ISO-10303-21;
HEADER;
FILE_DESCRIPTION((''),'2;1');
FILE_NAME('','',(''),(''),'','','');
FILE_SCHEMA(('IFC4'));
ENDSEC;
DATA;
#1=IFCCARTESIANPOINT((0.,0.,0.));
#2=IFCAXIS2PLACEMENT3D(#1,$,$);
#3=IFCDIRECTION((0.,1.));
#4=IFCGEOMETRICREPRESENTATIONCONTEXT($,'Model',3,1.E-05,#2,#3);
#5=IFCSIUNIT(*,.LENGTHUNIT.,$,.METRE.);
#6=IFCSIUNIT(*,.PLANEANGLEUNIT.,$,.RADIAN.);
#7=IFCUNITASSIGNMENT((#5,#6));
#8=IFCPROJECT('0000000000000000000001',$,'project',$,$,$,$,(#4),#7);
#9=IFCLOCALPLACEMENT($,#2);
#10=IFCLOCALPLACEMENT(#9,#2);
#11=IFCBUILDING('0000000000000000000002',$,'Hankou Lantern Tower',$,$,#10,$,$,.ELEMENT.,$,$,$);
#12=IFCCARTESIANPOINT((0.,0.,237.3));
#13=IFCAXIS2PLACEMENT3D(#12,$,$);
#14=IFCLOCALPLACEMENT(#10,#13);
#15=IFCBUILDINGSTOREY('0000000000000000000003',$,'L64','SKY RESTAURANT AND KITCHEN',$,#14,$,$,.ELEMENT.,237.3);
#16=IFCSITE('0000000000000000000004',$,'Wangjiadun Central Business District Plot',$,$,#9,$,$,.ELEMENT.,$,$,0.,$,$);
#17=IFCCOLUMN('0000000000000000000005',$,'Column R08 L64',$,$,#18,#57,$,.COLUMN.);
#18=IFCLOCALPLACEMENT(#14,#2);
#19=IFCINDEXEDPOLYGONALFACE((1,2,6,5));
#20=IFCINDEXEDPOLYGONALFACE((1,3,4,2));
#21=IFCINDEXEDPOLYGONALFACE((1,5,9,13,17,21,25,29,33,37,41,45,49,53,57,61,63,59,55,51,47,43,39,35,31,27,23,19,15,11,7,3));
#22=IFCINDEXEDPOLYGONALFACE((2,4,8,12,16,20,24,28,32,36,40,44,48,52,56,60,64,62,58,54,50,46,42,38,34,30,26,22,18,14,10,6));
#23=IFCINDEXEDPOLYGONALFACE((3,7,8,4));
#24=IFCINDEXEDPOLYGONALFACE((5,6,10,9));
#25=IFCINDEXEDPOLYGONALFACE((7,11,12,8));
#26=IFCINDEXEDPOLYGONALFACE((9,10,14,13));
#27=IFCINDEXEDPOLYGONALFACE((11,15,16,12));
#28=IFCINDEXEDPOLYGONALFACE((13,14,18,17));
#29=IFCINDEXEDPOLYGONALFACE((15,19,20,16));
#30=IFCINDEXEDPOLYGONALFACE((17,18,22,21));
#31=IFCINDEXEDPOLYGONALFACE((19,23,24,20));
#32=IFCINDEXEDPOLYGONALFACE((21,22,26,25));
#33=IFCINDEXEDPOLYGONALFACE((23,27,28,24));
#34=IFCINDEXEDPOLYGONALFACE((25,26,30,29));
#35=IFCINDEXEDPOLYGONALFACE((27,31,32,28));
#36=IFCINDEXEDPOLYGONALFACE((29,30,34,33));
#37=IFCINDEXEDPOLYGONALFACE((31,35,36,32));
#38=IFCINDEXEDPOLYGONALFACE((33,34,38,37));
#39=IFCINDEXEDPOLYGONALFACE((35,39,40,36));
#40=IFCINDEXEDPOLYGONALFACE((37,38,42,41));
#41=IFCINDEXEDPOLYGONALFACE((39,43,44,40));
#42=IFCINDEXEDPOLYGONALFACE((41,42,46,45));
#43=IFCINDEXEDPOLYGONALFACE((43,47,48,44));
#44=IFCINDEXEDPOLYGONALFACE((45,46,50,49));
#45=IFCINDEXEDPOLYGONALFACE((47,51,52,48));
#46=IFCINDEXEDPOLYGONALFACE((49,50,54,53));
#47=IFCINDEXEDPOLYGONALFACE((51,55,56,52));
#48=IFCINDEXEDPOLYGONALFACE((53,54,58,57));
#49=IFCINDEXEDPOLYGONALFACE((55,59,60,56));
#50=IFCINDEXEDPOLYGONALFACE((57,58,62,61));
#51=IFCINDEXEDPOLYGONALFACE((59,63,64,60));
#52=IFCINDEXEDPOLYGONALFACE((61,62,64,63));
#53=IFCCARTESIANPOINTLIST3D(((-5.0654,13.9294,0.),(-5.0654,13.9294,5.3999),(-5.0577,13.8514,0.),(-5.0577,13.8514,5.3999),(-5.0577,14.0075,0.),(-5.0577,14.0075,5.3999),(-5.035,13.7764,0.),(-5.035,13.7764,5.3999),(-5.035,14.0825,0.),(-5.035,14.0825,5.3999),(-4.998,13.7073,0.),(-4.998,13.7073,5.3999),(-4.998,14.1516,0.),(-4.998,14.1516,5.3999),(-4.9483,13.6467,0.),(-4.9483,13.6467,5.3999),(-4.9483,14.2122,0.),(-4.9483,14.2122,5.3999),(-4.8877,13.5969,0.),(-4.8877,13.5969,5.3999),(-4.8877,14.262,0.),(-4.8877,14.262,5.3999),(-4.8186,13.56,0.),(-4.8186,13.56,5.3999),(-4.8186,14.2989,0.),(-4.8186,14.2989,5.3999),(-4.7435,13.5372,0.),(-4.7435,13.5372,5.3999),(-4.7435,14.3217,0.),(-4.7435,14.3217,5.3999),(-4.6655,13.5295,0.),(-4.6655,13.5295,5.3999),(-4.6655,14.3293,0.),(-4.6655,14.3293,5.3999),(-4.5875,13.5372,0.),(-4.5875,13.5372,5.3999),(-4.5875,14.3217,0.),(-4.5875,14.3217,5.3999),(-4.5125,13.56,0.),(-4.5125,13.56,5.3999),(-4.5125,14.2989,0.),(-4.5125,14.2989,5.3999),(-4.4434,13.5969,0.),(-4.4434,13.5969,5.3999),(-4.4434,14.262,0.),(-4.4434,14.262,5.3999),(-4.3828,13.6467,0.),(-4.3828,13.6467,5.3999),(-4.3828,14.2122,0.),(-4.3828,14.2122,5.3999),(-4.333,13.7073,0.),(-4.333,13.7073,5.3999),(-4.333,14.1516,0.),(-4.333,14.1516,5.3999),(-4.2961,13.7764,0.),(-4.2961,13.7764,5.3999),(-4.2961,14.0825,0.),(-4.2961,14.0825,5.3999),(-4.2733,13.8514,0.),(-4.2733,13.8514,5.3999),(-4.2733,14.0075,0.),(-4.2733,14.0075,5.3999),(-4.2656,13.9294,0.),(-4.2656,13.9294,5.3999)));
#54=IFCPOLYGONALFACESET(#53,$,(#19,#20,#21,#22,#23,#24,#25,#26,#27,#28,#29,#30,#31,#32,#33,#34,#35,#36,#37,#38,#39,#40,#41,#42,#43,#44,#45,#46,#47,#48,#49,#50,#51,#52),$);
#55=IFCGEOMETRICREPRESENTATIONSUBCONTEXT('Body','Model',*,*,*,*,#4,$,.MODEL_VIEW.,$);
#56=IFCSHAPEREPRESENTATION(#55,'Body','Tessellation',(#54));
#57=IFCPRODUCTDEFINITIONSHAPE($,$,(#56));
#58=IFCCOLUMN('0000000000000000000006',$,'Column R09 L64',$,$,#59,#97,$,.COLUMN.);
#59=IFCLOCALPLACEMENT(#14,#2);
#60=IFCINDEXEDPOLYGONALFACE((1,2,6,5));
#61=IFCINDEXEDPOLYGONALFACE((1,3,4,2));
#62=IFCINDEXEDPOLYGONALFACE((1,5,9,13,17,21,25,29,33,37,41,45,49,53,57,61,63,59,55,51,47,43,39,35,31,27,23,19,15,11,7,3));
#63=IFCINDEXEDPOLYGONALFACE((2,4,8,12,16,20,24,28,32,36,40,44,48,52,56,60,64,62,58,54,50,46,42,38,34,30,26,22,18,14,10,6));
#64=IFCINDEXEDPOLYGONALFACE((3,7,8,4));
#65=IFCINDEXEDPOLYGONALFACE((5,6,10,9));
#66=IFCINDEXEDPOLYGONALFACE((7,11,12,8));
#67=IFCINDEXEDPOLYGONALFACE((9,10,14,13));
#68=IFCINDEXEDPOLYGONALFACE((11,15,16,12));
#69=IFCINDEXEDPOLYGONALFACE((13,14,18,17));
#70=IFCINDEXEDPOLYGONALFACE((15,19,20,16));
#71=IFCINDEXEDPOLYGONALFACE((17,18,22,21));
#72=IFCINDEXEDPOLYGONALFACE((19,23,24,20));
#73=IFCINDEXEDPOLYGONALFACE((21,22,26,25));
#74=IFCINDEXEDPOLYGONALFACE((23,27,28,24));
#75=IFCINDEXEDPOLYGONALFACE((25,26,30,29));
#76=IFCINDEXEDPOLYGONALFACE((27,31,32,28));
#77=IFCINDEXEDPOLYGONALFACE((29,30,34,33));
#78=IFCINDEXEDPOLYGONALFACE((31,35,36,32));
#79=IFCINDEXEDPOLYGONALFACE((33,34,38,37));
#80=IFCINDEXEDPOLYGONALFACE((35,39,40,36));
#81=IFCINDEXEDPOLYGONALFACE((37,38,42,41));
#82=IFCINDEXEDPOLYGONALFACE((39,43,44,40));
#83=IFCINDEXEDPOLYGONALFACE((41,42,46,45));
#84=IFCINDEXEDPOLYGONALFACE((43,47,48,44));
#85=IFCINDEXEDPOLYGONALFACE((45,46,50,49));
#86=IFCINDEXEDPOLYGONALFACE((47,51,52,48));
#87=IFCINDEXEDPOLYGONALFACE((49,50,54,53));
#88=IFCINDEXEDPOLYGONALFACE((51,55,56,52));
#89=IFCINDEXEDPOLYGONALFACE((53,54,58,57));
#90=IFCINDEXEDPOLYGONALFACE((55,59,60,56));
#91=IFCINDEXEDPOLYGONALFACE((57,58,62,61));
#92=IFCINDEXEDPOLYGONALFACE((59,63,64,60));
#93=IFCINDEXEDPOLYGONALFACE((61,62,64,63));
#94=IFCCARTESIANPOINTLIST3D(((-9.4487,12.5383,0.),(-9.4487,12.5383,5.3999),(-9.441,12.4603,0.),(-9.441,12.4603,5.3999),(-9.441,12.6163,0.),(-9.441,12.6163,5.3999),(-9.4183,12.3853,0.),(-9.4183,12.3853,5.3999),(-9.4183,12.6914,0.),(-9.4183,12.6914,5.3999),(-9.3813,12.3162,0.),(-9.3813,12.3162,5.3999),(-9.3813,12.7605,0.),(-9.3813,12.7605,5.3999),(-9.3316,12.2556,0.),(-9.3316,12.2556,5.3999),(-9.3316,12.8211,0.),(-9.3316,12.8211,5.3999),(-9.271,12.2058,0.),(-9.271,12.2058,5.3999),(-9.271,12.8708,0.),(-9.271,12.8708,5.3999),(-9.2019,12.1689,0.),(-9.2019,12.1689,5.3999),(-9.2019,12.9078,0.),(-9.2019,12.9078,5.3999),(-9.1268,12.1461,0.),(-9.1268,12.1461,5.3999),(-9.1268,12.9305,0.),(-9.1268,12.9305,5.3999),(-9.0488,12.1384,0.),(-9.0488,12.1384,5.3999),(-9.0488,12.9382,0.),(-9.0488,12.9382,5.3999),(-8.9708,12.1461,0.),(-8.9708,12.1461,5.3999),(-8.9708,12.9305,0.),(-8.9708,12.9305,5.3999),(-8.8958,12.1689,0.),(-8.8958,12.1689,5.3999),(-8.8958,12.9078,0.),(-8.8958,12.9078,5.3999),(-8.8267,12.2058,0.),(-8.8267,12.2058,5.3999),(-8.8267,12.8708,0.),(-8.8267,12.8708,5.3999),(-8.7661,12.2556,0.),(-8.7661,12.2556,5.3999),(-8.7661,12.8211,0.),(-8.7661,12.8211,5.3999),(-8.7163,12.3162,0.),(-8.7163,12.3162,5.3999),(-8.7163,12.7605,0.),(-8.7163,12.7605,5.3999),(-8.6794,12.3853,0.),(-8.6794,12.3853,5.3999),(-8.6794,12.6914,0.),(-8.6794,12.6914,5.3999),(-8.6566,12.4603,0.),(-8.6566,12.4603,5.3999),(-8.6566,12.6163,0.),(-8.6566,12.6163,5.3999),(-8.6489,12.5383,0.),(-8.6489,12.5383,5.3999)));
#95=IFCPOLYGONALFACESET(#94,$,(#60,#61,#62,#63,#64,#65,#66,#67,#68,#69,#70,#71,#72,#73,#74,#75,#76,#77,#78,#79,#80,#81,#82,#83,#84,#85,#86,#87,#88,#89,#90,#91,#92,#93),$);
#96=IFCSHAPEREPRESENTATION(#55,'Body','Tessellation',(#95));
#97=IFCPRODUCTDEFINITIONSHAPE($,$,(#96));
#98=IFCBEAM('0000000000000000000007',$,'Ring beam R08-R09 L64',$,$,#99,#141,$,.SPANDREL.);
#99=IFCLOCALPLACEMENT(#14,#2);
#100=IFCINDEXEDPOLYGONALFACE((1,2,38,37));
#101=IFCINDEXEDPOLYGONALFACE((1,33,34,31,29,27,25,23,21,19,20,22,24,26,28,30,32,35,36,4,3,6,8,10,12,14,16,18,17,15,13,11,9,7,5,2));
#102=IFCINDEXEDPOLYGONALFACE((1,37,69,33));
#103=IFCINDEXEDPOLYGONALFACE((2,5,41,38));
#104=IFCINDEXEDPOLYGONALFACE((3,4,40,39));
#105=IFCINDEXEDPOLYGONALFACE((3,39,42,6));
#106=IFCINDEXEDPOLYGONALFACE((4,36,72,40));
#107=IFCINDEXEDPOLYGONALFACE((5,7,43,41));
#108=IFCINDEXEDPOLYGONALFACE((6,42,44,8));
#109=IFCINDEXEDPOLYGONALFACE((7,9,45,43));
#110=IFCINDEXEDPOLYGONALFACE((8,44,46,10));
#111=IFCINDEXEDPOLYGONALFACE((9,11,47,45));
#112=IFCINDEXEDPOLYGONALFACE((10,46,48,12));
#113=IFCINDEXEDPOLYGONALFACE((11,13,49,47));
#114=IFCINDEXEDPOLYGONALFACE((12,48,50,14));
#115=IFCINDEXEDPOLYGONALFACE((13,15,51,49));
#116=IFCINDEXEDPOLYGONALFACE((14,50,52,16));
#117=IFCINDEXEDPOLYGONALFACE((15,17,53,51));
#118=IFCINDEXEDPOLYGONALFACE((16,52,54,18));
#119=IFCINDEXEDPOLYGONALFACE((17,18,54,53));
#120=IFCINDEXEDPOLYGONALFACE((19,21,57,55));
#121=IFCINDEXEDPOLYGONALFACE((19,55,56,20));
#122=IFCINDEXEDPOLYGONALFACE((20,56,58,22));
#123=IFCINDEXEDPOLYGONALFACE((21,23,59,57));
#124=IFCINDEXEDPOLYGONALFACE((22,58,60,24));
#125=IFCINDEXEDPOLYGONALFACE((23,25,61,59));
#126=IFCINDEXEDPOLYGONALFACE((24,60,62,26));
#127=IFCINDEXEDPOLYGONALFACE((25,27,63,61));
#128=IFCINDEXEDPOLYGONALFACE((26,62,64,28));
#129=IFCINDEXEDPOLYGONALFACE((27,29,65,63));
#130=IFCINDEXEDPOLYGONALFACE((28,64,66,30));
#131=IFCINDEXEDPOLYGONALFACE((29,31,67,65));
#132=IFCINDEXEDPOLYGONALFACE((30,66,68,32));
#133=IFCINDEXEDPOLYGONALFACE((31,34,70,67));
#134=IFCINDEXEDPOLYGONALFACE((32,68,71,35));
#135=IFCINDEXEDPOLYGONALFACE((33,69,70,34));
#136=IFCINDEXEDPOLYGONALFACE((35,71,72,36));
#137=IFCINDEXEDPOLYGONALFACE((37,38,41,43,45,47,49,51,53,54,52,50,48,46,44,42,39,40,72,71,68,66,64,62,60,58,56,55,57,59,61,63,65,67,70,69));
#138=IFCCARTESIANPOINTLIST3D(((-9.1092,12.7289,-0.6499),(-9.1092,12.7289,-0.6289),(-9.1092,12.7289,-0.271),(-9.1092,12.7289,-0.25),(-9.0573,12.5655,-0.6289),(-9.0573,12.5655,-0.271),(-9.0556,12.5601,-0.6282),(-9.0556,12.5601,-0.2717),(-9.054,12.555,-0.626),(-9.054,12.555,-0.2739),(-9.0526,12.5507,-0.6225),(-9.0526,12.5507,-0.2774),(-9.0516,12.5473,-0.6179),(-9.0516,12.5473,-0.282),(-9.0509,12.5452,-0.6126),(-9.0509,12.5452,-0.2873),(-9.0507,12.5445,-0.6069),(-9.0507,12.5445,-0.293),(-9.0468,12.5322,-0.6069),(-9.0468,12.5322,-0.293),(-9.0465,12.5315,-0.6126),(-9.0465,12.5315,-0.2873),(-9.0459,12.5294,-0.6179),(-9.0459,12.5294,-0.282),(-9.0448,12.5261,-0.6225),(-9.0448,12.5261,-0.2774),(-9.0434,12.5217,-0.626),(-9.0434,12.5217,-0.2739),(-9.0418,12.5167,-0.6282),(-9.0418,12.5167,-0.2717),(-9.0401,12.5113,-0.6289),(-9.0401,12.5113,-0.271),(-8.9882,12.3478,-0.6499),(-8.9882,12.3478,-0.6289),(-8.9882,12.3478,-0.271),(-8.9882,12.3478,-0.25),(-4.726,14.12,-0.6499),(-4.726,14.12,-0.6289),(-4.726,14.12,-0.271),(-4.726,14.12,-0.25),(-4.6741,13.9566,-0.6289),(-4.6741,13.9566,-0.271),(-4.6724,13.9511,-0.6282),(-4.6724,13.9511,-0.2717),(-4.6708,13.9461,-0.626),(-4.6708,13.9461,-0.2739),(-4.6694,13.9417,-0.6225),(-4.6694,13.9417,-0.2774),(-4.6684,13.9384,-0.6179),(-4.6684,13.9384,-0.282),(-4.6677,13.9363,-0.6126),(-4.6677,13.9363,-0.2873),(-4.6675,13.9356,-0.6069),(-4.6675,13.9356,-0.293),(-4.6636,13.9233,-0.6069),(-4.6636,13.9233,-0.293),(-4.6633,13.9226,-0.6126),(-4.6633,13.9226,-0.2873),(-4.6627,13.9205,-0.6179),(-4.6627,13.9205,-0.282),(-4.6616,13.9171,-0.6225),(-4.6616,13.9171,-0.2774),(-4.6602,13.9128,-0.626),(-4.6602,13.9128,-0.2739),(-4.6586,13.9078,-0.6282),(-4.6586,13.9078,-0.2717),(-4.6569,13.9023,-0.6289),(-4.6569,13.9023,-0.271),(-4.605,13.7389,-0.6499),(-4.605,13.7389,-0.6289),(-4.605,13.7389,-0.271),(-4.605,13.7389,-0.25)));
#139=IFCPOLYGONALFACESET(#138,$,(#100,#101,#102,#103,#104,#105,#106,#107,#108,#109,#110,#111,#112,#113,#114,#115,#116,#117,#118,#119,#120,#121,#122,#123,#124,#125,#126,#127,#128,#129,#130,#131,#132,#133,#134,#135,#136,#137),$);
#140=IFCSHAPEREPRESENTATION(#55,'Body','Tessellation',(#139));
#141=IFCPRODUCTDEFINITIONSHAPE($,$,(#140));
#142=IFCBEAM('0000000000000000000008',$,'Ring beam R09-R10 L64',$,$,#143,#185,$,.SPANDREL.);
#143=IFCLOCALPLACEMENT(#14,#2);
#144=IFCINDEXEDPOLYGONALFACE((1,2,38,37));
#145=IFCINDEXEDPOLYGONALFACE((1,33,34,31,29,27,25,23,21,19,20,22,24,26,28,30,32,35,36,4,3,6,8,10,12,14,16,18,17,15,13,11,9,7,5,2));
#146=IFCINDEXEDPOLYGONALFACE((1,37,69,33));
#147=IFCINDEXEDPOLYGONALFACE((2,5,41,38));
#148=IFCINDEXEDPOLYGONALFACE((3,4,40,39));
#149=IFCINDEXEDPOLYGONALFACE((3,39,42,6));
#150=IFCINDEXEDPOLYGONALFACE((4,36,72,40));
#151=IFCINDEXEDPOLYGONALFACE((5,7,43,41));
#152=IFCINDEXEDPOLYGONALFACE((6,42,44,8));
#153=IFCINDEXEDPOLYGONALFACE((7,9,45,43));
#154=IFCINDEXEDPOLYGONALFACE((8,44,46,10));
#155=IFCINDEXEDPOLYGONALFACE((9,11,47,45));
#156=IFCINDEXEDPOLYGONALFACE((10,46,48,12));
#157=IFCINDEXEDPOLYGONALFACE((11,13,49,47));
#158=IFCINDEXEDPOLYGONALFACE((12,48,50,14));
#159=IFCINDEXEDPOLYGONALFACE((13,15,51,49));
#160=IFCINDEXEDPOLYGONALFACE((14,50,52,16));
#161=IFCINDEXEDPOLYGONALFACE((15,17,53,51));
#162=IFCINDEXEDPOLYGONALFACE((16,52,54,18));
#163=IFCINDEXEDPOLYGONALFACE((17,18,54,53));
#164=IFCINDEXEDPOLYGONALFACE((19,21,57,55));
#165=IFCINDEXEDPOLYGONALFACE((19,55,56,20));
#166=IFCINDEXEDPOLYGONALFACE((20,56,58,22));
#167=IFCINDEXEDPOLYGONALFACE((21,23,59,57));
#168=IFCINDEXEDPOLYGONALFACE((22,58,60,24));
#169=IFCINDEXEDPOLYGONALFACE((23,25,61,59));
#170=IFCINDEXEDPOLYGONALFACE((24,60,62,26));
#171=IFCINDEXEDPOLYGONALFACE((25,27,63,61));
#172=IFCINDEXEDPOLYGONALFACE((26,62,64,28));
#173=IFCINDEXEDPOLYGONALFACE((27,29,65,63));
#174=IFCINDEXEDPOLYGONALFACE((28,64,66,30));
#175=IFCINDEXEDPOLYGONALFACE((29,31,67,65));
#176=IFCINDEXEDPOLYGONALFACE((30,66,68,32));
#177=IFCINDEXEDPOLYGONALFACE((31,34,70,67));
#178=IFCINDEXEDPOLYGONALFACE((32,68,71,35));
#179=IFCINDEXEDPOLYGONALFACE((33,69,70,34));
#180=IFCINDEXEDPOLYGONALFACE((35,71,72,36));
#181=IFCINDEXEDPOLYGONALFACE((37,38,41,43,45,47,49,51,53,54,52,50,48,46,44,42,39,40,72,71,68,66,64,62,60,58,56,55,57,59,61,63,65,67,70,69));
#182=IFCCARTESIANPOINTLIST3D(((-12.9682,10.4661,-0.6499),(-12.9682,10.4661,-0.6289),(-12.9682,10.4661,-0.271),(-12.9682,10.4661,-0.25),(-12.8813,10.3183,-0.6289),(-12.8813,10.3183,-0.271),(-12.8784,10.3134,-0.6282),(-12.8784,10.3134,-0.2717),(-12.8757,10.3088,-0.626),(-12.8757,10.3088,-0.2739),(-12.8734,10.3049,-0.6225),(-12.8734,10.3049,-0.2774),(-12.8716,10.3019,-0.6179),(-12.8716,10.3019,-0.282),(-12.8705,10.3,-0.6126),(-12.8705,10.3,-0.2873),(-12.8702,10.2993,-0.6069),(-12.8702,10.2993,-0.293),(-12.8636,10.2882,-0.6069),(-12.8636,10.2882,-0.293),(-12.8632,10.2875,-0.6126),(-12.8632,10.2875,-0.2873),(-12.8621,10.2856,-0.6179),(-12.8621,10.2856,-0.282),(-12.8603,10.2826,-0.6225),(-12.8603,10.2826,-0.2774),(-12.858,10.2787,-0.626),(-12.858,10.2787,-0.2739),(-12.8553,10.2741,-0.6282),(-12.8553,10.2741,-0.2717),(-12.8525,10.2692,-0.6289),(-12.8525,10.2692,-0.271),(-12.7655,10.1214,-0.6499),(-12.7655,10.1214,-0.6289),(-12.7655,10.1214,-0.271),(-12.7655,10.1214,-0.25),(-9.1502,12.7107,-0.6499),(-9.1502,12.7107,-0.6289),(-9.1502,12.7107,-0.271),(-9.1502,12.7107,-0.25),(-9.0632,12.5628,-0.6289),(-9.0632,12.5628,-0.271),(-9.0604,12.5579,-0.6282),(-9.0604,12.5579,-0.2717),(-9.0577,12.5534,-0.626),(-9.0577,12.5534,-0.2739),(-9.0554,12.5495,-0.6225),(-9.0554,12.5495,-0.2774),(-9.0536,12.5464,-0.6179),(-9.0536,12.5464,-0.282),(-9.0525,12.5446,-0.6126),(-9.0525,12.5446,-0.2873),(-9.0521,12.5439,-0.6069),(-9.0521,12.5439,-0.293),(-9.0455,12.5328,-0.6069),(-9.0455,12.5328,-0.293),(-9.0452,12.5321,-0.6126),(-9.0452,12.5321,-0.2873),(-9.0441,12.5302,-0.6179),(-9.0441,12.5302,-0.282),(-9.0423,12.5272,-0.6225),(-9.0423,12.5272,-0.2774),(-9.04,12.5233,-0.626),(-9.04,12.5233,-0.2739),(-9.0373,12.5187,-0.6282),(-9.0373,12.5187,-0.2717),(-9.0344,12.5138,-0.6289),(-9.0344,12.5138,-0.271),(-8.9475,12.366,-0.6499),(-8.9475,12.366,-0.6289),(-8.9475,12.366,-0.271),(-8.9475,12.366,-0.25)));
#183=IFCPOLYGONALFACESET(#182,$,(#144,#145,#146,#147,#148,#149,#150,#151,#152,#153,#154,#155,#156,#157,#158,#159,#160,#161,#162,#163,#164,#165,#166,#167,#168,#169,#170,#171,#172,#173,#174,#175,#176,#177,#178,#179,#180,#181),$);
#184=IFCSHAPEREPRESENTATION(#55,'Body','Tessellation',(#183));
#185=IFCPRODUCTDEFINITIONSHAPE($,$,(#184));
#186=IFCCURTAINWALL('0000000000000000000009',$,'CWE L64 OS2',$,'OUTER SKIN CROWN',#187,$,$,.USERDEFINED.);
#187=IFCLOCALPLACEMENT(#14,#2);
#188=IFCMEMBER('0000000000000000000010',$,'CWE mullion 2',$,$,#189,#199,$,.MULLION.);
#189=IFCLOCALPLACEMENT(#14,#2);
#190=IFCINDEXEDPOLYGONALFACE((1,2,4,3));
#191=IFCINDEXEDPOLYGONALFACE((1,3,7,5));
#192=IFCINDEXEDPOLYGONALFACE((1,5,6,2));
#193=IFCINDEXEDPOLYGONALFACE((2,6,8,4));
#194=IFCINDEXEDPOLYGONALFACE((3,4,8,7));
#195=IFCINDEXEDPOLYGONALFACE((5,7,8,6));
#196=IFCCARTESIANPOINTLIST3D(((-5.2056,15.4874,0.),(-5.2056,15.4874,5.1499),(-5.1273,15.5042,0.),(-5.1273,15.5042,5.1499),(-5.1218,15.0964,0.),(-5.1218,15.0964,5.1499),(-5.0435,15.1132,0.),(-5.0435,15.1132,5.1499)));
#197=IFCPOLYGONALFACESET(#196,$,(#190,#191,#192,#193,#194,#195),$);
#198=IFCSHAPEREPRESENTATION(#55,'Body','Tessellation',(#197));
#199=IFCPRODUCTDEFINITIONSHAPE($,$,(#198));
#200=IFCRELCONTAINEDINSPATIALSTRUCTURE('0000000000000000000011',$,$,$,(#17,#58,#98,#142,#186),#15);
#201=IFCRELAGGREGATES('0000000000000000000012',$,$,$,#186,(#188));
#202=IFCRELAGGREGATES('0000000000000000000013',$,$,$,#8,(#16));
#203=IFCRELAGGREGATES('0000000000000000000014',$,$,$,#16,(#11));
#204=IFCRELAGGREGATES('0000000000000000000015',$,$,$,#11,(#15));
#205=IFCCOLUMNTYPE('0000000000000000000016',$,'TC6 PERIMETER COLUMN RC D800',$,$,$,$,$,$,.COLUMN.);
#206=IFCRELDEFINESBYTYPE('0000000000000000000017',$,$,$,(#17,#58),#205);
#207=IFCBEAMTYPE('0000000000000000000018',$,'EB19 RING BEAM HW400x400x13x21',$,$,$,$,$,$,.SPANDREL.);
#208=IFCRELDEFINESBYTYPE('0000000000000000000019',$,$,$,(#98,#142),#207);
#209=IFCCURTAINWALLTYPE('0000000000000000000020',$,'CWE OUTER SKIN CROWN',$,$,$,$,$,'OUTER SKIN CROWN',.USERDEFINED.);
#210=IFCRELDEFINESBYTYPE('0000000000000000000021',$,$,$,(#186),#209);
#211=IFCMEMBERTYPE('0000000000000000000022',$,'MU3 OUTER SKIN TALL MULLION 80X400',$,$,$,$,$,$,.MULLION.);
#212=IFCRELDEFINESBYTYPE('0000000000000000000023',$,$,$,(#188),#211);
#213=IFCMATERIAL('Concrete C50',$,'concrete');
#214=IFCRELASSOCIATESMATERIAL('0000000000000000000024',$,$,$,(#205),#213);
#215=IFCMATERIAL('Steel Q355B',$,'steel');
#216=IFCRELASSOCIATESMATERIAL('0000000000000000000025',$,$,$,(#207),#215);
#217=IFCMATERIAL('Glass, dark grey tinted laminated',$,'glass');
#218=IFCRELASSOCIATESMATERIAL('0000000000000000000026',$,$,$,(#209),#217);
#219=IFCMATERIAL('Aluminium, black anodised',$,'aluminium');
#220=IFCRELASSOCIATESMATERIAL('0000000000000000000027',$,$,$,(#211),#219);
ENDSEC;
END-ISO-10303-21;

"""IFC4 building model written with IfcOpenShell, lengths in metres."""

from ifc_helpers import new_model, si_unit, direction, frame, origin, origin_2d, place, context, subcontext, project, spatial, rectangle, circle, i_section, extrude, material, material_profile, profile_set, type_object, element, aggregate, save


model = new_model("IFC4")

# Units and contexts
model_context = context("Model", 3, precision=1e-05, world=origin(), true_north=direction((0.0, 1.0)))
body_context = subcontext(model_context, "Body", "Model", "MODEL_VIEW")
ifc_project = project(units=[si_unit("LENGTHUNIT", "METRE"), si_unit("PLANEANGLEUNIT", "RADIAN")], contexts=[model_context])

# Site, building, storey
site_placement = place(None, origin())
site = spatial("IfcSite", under=ifc_project, at=site_placement, Name="Wangjiadun Central Business District Plot", CompositionType="ELEMENT", RefElevation=0.0)
building_placement = place(site_placement, origin())
building = spatial("IfcBuilding", under=site, at=building_placement, Name="Hankou Lantern Tower", CompositionType="ELEMENT")
storey_placement = place(building_placement, frame((0.0, 0.0, 237.3)))
storey = spatial("IfcBuildingStorey", under=building, at=storey_placement, Name="L64", Description="SKY RESTAURANT AND KITCHEN", CompositionType="ELEMENT", Elevation=237.3)

# Columns
ifc_material_1 = material(Name="Concrete C50", Category="concrete")
ifc_material_profile_1 = material_profile(ifc_material_1, circle(Radius=0.3999, at=origin_2d()), Name="RC D800")
ifc_profile_set_1 = profile_set([ifc_material_profile_1], Name="Concrete C50")
column_type = type_object("IfcColumnType", Name="TC6 PERIMETER COLUMN RC D800", PredefinedType="COLUMN", material=ifc_profile_set_1)
for number, where, z_axis, x_axis, name in (
    (1, (-4.6655, 13.9294, 0.0), (0.0, 0.0, 1.0), (1.0, 0.0, 0.0), "Column R08 L64"),
    (2, (-9.0488, 12.5383, 0.0), (0.0, 0.0, 1.0), (1.0, 0.0, 0.0), "Column R09 L64"),
):
    element("IfcColumn", number, at=place(storey_placement, frame(where, z_axis=z_axis, x_axis=x_axis)), inside=storey, type_object=column_type, Name=name, PredefinedType="COLUMN", context=body_context, shape_type="SweptSolid", body=[
        extrude(circle(Radius=0.3999, at=origin_2d()), origin(), (0.0, 0.0, 1.0), 5.3999),
    ])

# Beams
ifc_material_2 = material(Name="Steel Q355B", Category="steel")
ifc_material_profile_2 = material_profile(ifc_material_2, i_section(OverallWidth=0.3999, OverallDepth=0.3999, WebThickness=0.0129, FlangeThickness=0.021, FilletRadius=0.022, at=origin_2d()), Name="HW400x400x13x21")
ifc_profile_set_2 = profile_set([ifc_material_profile_2], Name="Steel Q355B")
beam_type_1 = type_object("IfcBeamType", Name="EB19 RING BEAM HW400x400x13x21", PredefinedType="SPANDREL", material=ifc_profile_set_2)
beam_1_placement = place(storey_placement, frame((-4.6655, 13.9294, -0.45), z_axis=(-0.95315, -0.302498, 0.0), x_axis=(0.302498, -0.95315, 0.0)))
element("IfcBeam", 3, at=beam_1_placement, inside=storey, type_object=beam_type_1, Name="Ring beam R08-R09 L64", PredefinedType="SPANDREL", context=body_context, shape_type="SweptSolid", body=[
    extrude(i_section(OverallWidth=0.3999, OverallDepth=0.3999, WebThickness=0.0129, FlangeThickness=0.021, FilletRadius=0.022, at=origin_2d()), origin(), (0.0, 0.0, 1.0), 4.5986),
])
beam_2_placement = place(storey_placement, frame((-9.0488, 12.5383, -0.45), z_axis=(-0.862065, -0.506798, 0.0), x_axis=(0.506798, -0.862065, 0.0)))
element("IfcBeam", 4, at=beam_2_placement, inside=storey, type_object=beam_type_1, Name="Ring beam R09-R10 L64", PredefinedType="SPANDREL", context=body_context, shape_type="SweptSolid", body=[
    extrude(i_section(OverallWidth=0.3999, OverallDepth=0.3999, WebThickness=0.0129, FlangeThickness=0.021, FilletRadius=0.022, at=origin_2d()), origin(), (0.0, 0.0, 1.0), 4.429),
])

# Curtain wall, member
ifc_material_3 = material(Name="Glass, dark grey tinted laminated", Category="glass")
curtain_wall_type = type_object("IfcCurtainWallType", Name="CWE OUTER SKIN CROWN", ElementType="OUTER SKIN CROWN", PredefinedType="USERDEFINED", material=ifc_material_3)
curtain_wall_placement = place(storey_placement, origin())
curtain_wall = element("IfcCurtainWall", 5, at=curtain_wall_placement, inside=storey, type_object=curtain_wall_type, Name="CWE L64 OS2", ObjectType="OUTER SKIN CROWN", PredefinedType="USERDEFINED")
ifc_material_4 = material(Name="Aluminium, black anodised", Category="aluminium")
ifc_material_profile_3 = material_profile(ifc_material_4, rectangle(XDim=0.0801, YDim=0.3999, at=origin_2d()), Name="MU3 80X400")
ifc_profile_set_3 = profile_set([ifc_material_profile_3], Name="Aluminium, black anodised")
member_type_1 = type_object("IfcMemberType", Name="MU3 OUTER SKIN TALL MULLION 80X400", PredefinedType="MULLION", material=ifc_profile_set_3)
member_1_placement = place(storey_placement, frame((-5.1245, 15.3003, 0.0), z_axis=(0.0, 0.0, 1.0), x_axis=(-0.977788, -0.209598, 0.0)))
member_1 = element("IfcMember", 6, at=member_1_placement, type_object=member_type_1, Name="CWE mullion 2", PredefinedType="MULLION", context=body_context, shape_type="SweptSolid", body=[
    extrude(rectangle(XDim=0.0801, YDim=0.3999, at=origin_2d()), origin(), (0.0, 0.0, 1.0), 5.1499),
])

aggregate(curtain_wall, [member_1])

save(model, "model.ifc")
